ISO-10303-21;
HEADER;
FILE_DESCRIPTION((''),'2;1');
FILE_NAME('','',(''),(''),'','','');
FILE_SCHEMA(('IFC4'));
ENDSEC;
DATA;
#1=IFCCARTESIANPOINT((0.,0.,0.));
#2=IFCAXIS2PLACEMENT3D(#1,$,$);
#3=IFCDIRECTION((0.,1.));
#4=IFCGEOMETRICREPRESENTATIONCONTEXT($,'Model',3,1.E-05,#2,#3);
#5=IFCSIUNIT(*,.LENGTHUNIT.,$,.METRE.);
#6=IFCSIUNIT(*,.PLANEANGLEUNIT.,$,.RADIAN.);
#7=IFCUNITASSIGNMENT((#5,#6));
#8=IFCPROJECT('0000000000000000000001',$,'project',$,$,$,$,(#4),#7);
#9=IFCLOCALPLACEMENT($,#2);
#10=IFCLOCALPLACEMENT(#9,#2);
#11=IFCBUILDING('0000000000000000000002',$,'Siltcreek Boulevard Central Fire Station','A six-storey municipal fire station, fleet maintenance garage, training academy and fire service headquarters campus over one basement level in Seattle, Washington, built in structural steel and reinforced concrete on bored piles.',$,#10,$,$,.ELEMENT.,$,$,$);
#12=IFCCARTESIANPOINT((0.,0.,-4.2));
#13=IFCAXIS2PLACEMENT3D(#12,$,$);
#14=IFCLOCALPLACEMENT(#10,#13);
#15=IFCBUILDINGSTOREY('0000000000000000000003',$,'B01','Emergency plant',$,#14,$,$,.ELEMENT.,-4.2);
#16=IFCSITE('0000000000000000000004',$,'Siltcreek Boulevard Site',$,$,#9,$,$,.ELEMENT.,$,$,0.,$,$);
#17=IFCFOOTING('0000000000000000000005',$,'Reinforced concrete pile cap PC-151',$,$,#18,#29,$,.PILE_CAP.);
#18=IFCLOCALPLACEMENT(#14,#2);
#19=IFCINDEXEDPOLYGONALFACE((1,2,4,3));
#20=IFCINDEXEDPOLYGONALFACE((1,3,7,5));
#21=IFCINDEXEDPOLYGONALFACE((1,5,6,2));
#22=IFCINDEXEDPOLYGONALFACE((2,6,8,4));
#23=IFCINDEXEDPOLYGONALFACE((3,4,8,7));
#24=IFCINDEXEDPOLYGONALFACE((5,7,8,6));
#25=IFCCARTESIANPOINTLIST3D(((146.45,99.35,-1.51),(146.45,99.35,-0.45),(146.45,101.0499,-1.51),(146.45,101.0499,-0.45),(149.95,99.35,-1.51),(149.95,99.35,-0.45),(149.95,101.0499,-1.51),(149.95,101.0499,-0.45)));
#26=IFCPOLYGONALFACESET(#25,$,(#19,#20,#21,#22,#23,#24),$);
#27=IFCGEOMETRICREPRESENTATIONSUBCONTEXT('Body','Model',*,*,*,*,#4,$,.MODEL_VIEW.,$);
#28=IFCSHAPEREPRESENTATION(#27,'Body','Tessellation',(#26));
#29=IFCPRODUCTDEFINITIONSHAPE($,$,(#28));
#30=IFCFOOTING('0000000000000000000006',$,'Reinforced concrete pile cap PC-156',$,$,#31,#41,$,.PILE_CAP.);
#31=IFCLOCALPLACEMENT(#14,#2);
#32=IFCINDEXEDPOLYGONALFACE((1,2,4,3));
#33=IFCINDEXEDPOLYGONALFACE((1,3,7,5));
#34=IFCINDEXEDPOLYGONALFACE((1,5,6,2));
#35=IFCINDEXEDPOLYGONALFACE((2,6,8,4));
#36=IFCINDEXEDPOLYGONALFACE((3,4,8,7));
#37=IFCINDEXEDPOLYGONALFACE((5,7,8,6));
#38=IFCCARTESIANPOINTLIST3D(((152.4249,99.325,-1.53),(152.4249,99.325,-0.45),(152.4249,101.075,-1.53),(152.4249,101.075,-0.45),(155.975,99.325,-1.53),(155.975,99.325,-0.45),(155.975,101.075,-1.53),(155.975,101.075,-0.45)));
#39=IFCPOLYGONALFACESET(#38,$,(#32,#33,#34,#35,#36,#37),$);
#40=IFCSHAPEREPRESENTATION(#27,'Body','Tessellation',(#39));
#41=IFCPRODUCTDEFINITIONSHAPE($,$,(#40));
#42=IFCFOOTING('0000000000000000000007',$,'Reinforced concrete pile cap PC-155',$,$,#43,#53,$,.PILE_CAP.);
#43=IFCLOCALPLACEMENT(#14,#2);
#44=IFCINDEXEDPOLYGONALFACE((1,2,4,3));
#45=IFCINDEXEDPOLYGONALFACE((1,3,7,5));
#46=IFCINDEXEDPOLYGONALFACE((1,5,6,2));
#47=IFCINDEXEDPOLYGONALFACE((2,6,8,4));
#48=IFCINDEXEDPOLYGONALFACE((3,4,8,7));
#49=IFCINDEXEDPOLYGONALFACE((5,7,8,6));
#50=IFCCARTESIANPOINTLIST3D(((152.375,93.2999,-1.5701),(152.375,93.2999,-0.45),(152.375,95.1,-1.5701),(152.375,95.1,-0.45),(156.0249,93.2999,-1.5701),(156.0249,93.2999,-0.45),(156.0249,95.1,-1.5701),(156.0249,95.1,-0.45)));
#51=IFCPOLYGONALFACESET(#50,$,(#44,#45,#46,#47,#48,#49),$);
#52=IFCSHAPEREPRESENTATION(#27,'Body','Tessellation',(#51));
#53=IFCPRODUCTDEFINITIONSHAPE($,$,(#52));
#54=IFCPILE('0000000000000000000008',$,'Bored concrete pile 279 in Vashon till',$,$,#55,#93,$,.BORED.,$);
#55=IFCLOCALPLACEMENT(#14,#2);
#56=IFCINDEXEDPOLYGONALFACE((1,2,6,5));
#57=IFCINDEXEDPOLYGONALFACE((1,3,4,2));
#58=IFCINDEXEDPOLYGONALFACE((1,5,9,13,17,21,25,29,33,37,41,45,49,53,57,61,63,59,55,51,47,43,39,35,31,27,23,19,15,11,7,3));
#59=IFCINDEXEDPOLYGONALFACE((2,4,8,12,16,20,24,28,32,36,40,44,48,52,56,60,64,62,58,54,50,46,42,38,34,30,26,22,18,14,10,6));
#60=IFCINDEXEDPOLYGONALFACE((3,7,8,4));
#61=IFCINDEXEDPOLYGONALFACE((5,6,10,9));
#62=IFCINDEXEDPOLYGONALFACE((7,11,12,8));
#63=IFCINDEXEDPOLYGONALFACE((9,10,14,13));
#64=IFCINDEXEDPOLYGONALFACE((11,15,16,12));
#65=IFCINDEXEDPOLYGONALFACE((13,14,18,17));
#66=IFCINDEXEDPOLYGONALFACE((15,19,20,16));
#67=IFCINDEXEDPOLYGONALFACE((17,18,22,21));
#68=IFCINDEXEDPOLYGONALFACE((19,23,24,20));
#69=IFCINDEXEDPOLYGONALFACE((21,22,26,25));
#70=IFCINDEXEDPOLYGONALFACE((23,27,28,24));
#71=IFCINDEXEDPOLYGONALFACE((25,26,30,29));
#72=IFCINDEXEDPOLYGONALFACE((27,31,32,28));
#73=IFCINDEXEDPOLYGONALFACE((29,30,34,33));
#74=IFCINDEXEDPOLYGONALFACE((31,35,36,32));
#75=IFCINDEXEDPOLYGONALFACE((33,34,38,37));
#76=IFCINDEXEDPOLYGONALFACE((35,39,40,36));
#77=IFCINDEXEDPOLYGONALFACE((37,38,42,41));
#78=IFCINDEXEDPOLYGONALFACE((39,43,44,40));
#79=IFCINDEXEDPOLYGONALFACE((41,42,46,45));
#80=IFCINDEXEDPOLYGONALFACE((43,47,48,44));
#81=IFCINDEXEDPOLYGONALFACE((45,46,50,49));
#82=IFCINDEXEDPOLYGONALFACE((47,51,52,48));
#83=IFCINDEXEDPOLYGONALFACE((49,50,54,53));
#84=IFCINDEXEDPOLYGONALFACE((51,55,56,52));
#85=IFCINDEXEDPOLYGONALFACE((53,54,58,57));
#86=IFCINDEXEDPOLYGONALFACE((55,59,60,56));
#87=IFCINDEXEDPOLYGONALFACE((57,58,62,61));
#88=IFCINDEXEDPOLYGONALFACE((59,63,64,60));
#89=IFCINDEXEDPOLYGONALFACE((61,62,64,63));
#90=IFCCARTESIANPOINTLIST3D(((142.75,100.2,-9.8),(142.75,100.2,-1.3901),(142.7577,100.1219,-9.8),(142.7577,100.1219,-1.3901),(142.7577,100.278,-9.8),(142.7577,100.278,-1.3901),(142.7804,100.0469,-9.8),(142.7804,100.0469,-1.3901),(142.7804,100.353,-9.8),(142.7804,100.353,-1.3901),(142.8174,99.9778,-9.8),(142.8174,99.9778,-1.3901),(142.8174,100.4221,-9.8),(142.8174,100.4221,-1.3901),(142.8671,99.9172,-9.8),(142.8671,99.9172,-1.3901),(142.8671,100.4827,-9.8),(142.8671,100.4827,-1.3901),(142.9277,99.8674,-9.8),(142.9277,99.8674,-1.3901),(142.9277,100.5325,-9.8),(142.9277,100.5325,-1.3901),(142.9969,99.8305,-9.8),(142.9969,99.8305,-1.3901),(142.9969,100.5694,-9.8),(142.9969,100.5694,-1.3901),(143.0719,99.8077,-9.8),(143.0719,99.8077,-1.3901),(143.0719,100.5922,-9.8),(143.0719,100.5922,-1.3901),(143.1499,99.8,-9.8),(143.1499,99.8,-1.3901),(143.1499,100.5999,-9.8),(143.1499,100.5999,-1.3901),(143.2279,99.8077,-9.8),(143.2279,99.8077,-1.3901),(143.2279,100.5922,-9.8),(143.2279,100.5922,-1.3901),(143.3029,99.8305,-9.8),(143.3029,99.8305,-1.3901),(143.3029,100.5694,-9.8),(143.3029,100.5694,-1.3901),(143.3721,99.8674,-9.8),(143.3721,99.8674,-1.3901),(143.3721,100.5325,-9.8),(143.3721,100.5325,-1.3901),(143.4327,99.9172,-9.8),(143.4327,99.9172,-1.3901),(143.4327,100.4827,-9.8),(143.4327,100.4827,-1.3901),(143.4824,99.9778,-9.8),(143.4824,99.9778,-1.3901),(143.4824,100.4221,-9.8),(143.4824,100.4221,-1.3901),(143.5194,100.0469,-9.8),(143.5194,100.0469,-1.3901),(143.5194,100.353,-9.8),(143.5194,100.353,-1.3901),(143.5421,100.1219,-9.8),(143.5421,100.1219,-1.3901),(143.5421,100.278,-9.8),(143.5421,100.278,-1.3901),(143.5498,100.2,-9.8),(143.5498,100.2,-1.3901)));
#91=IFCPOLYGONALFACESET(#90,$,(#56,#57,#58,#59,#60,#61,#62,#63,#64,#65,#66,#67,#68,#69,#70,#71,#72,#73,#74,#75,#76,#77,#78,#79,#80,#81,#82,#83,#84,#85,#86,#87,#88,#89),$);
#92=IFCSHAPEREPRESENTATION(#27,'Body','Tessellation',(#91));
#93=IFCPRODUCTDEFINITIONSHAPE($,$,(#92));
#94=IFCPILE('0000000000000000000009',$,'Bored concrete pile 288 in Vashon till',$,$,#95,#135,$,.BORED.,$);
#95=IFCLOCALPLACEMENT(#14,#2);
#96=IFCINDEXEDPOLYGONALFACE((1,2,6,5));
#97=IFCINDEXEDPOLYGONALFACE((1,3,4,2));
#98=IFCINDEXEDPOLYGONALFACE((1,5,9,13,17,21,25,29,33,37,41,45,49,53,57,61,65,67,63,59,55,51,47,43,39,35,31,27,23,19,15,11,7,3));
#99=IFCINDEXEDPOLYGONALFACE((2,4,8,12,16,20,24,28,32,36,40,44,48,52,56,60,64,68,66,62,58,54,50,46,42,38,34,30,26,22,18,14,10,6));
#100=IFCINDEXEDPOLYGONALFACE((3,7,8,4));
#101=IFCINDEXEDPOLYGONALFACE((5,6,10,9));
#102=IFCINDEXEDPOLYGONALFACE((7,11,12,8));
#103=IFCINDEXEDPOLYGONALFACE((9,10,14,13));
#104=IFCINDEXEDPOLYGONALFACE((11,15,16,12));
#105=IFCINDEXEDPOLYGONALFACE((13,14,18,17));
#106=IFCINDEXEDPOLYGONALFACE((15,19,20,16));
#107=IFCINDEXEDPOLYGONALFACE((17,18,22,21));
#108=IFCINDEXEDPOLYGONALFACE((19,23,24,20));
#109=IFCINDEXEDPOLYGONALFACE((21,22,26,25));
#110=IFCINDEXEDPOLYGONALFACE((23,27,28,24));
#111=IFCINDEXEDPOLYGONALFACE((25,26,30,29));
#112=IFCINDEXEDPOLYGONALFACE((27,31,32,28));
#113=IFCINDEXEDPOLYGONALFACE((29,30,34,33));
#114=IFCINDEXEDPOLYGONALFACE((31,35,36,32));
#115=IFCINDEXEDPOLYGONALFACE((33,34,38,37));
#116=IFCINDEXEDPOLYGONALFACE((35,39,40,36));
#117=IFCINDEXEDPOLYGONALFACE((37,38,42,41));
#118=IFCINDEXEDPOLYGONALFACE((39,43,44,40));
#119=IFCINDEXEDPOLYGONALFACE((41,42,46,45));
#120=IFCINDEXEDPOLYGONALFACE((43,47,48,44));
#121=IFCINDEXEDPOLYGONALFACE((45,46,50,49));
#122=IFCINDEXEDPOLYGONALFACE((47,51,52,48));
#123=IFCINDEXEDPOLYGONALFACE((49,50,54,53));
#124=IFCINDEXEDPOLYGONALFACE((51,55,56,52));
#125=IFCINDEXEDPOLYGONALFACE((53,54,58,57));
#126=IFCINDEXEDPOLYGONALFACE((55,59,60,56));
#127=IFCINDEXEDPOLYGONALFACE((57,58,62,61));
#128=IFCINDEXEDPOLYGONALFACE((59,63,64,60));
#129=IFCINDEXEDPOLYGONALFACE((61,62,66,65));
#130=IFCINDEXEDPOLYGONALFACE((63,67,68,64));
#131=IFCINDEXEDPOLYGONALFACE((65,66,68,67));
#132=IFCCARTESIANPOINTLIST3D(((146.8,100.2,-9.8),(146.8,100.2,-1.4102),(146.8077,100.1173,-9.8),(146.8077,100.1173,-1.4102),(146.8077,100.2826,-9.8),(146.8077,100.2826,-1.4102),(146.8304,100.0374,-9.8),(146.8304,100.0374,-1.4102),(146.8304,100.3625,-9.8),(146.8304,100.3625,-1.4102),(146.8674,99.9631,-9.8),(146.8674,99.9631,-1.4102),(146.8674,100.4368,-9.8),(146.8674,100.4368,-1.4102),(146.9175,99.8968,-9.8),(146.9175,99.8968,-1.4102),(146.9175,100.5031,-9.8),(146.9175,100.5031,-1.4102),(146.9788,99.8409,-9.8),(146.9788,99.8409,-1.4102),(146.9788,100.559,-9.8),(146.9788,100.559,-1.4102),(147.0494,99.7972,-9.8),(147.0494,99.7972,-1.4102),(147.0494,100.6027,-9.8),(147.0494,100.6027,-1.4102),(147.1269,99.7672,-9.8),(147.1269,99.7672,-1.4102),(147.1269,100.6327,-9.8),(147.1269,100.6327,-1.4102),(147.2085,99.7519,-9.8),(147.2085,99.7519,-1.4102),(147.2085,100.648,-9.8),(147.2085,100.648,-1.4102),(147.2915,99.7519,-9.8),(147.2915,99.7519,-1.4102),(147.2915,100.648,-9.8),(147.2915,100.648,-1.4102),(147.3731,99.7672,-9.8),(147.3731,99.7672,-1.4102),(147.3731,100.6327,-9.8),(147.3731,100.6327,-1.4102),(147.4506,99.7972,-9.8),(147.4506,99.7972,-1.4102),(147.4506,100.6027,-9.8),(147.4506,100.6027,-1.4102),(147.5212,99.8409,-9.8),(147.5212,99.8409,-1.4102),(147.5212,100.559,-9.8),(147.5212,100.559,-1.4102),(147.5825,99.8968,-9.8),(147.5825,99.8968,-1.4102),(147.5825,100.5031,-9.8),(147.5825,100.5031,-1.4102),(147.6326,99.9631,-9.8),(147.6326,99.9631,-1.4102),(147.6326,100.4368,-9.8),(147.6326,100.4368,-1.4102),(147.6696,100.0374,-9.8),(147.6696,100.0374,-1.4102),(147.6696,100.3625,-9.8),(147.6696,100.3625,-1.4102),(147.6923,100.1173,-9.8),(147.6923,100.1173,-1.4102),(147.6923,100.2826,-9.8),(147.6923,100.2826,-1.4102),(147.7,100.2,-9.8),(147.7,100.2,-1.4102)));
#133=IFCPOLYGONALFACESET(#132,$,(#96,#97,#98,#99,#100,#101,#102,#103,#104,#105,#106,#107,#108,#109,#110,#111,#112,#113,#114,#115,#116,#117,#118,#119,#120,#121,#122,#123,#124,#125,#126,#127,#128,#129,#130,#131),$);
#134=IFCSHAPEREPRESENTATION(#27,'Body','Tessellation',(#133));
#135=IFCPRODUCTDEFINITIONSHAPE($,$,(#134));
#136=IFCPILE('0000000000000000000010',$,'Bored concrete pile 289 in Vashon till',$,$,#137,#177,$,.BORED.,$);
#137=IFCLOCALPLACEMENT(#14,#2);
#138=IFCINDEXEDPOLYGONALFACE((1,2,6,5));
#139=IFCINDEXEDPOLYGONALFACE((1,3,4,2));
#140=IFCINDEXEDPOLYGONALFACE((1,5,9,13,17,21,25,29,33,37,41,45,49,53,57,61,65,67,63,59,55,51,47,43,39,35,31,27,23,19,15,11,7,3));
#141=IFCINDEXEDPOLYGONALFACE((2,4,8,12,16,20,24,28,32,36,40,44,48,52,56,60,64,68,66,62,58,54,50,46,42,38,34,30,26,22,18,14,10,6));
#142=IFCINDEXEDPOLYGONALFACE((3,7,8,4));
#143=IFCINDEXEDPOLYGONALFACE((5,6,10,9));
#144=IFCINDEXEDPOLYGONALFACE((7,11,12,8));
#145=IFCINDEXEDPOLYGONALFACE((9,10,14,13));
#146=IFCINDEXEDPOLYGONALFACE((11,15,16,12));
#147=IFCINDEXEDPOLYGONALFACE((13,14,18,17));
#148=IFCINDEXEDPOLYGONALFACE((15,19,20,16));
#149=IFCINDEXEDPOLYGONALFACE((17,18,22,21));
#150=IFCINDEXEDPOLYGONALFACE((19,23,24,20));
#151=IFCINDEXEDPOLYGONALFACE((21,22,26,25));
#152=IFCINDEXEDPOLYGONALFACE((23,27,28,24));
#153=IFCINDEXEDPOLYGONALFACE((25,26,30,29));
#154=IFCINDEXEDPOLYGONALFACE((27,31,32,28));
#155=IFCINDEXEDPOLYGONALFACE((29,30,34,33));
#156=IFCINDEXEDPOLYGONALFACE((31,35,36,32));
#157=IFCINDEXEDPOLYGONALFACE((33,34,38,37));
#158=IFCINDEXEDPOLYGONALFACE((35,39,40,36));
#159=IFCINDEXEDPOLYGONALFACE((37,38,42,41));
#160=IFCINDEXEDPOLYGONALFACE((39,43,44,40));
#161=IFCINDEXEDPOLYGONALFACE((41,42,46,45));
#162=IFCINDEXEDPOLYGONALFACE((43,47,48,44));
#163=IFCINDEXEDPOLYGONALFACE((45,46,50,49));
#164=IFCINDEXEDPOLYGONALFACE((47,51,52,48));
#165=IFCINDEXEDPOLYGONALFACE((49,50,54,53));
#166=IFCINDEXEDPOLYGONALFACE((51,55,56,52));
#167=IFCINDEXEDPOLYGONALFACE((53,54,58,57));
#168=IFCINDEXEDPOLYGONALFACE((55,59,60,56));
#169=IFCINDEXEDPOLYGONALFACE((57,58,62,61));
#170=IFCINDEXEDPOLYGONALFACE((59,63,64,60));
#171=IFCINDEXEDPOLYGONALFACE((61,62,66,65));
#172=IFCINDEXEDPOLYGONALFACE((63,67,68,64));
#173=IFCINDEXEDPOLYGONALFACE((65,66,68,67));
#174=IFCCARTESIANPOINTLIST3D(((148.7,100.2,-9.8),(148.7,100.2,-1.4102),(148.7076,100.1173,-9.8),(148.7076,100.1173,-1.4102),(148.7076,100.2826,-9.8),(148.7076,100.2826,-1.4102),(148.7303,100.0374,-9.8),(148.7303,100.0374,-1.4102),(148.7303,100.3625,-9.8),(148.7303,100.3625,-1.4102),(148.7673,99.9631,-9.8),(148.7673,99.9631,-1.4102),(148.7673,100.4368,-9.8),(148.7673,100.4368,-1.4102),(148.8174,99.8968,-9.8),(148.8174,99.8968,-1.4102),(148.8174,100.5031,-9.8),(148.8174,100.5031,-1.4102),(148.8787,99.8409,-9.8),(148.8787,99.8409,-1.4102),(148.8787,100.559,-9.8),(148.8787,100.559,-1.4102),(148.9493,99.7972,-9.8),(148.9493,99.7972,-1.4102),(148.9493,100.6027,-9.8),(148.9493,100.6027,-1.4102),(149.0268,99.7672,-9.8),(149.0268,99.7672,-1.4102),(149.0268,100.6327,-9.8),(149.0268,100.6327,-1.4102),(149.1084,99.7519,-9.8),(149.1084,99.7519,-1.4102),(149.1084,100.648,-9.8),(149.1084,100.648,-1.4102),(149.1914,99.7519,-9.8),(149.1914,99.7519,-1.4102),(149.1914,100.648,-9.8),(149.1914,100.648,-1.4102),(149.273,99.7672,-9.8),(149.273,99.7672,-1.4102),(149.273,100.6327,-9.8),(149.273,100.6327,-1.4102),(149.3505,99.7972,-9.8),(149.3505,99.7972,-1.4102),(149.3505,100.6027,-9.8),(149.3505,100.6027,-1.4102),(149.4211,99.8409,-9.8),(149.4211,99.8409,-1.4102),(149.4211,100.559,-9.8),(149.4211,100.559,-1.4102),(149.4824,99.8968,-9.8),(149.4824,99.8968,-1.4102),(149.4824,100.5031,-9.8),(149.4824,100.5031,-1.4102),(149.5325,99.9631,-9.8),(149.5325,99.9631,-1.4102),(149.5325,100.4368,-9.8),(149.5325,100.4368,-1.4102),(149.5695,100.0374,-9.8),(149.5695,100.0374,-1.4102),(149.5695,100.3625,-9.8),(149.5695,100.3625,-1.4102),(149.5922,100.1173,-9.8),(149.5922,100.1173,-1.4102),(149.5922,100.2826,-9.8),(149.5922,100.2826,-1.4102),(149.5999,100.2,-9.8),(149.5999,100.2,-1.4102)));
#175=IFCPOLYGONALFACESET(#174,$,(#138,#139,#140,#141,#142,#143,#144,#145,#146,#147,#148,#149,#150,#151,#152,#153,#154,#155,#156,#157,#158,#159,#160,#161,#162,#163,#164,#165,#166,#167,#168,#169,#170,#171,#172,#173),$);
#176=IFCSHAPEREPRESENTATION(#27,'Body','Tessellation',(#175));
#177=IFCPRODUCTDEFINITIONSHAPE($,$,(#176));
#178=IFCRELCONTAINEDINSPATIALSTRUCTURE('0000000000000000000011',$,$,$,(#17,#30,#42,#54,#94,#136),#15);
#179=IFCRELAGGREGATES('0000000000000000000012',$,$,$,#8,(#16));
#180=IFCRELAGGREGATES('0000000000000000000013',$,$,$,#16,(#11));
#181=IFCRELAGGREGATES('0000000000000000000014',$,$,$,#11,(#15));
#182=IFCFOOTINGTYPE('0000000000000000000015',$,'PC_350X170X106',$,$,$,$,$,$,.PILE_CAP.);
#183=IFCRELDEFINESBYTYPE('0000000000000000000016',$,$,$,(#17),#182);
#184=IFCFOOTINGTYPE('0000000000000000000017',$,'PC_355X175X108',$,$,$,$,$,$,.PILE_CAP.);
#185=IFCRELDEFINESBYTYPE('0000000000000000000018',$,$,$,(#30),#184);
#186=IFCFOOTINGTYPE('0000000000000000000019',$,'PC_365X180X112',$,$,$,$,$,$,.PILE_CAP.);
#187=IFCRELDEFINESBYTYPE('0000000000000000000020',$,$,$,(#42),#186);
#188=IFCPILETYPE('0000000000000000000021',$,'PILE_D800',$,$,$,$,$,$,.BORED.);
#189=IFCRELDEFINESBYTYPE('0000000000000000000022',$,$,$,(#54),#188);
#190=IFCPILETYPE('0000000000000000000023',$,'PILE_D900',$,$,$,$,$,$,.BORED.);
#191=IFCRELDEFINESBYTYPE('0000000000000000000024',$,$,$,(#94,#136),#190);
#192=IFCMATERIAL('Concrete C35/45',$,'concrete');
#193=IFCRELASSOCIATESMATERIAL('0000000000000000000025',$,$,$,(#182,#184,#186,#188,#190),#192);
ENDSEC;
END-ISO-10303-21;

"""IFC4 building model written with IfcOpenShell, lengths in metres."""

from ifc_helpers import new_model, si_unit, direction, frame, origin, origin_2d, place, context, subcontext, project, spatial, rectangle, circle, extrude, material, material_profile, profile_set, type_object, element, save


model = new_model("IFC4")

# Units and contexts
model_context = context("Model", 3, precision=1e-05, world=origin(), true_north=direction((0.0, 1.0)))
body_context = subcontext(model_context, "Body", "Model", "MODEL_VIEW")
ifc_project = project(units=[si_unit("LENGTHUNIT", "METRE"), si_unit("PLANEANGLEUNIT", "RADIAN")], contexts=[model_context])

# Site, building, storey
site_placement = place(None, origin())
site = spatial("IfcSite", under=ifc_project, at=site_placement, Name="Siltcreek Boulevard Site", CompositionType="ELEMENT", RefElevation=0.0)
building_placement = place(site_placement, origin())
building = spatial("IfcBuilding", under=site, at=building_placement, Name="Siltcreek Boulevard Central Fire Station", Description="A six-storey municipal fire station, fleet maintenance garage, training academy and fire service headquarters campus over one basement level in Seattle, Washington, built in structural steel and reinforced concrete on bored piles.", CompositionType="ELEMENT")
storey_placement = place(building_placement, frame((0.0, 0.0, -4.2)))
storey = spatial("IfcBuildingStorey", under=building, at=storey_placement, Name="B01", Description="Emergency plant", CompositionType="ELEMENT", Elevation=-4.2)

# Footings
ifc_material_1 = material(Name="Concrete C35/45", Category="concrete")
footing_type_1 = type_object("IfcFootingType", Name="PC_350X170X106", PredefinedType="PILE_CAP", material=ifc_material_1)
footing_1_placement = place(storey_placement, frame((148.2, 100.2, -1.51), z_axis=(0.0, 0.0, 1.0), x_axis=(1.0, 0.0, 0.0)))
element("IfcFooting", 1, at=footing_1_placement, inside=storey, type_object=footing_type_1, Name="Reinforced concrete pile cap PC-151", PredefinedType="PILE_CAP", context=body_context, shape_type="SweptSolid", body=[
    extrude(rectangle(XDim=3.5, YDim=1.7, at=origin_2d()), origin(), (0.0, 0.0, 1.0), 1.0601),
])
footing_type_2 = type_object("IfcFootingType", Name="PC_355X175X108", PredefinedType="PILE_CAP", material=ifc_material_1)
footing_2_placement = place(storey_placement, frame((154.2, 100.2, -1.53), z_axis=(0.0, 0.0, 1.0), x_axis=(1.0, 0.0, 0.0)))
element("IfcFooting", 2, at=footing_2_placement, inside=storey, type_object=footing_type_2, Name="Reinforced concrete pile cap PC-156", PredefinedType="PILE_CAP", context=body_context, shape_type="SweptSolid", body=[
    extrude(rectangle(XDim=3.55, YDim=1.75, at=origin_2d()), origin(), (0.0, 0.0, 1.0), 1.0801),
])
footing_type_3 = type_object("IfcFootingType", Name="PC_365X180X112", PredefinedType="PILE_CAP", material=ifc_material_1)
footing_3_placement = place(storey_placement, frame((154.2, 94.2, -1.5701), z_axis=(0.0, 0.0, 1.0), x_axis=(1.0, 0.0, 0.0)))
element("IfcFooting", 3, at=footing_3_placement, inside=storey, type_object=footing_type_3, Name="Reinforced concrete pile cap PC-155", PredefinedType="PILE_CAP", context=body_context, shape_type="SweptSolid", body=[
    extrude(rectangle(XDim=3.6499, YDim=1.8, at=origin_2d()), origin(), (0.0, 0.0, 1.0), 1.1201),
])

# Piles
ifc_material_profile_1 = material_profile(ifc_material_1, circle(Radius=0.3999, at=origin_2d()), Name="SHAFT800")
ifc_profile_set_1 = profile_set([ifc_material_profile_1], Name="Concrete C35/45")
pile_type_1 = type_object("IfcPileType", Name="PILE_D800", PredefinedType="BORED", material=ifc_profile_set_1)
pile_1_placement = place(storey_placement, frame((143.1499, 100.2, -1.3901), z_axis=(0.0, 0.0, -1.0), x_axis=(1.0, 0.0, 0.0)))
element("IfcPile", 4, at=pile_1_placement, inside=storey, type_object=pile_type_1, Name="Bored concrete pile 279 in Vashon till", PredefinedType="BORED", context=body_context, shape_type="SweptSolid", body=[
    extrude(circle(Radius=0.3999, at=origin_2d()), origin(), (0.0, 0.0, 1.0), 8.4099),
])
ifc_material_profile_2 = material_profile(ifc_material_1, circle(Radius=0.45, at=origin_2d()), Name="SHAFT900")
ifc_profile_set_2 = profile_set([ifc_material_profile_2], Name="Concrete C35/45")
pile_type_2 = type_object("IfcPileType", Name="PILE_D900", PredefinedType="BORED", material=ifc_profile_set_2)
for number, where, z_axis, x_axis, name in (
    (5, (147.25, 100.2, -1.4102), (0.0, 0.0, -1.0), (1.0, 0.0, 0.0), "Bored concrete pile 288 in Vashon till"),
    (6, (149.1499, 100.2, -1.4102), (0.0, 0.0, -1.0), (1.0, 0.0, 0.0), "Bored concrete pile 289 in Vashon till"),
):
    element("IfcPile", number, at=place(storey_placement, frame(where, z_axis=z_axis, x_axis=x_axis)), inside=storey, type_object=pile_type_2, Name=name, PredefinedType="BORED", context=body_context, shape_type="SweptSolid", body=[
        extrude(circle(Radius=0.45, at=origin_2d()), origin(), (0.0, 0.0, 1.0), 8.3899),
    ])

save(model, "model.ifc")
